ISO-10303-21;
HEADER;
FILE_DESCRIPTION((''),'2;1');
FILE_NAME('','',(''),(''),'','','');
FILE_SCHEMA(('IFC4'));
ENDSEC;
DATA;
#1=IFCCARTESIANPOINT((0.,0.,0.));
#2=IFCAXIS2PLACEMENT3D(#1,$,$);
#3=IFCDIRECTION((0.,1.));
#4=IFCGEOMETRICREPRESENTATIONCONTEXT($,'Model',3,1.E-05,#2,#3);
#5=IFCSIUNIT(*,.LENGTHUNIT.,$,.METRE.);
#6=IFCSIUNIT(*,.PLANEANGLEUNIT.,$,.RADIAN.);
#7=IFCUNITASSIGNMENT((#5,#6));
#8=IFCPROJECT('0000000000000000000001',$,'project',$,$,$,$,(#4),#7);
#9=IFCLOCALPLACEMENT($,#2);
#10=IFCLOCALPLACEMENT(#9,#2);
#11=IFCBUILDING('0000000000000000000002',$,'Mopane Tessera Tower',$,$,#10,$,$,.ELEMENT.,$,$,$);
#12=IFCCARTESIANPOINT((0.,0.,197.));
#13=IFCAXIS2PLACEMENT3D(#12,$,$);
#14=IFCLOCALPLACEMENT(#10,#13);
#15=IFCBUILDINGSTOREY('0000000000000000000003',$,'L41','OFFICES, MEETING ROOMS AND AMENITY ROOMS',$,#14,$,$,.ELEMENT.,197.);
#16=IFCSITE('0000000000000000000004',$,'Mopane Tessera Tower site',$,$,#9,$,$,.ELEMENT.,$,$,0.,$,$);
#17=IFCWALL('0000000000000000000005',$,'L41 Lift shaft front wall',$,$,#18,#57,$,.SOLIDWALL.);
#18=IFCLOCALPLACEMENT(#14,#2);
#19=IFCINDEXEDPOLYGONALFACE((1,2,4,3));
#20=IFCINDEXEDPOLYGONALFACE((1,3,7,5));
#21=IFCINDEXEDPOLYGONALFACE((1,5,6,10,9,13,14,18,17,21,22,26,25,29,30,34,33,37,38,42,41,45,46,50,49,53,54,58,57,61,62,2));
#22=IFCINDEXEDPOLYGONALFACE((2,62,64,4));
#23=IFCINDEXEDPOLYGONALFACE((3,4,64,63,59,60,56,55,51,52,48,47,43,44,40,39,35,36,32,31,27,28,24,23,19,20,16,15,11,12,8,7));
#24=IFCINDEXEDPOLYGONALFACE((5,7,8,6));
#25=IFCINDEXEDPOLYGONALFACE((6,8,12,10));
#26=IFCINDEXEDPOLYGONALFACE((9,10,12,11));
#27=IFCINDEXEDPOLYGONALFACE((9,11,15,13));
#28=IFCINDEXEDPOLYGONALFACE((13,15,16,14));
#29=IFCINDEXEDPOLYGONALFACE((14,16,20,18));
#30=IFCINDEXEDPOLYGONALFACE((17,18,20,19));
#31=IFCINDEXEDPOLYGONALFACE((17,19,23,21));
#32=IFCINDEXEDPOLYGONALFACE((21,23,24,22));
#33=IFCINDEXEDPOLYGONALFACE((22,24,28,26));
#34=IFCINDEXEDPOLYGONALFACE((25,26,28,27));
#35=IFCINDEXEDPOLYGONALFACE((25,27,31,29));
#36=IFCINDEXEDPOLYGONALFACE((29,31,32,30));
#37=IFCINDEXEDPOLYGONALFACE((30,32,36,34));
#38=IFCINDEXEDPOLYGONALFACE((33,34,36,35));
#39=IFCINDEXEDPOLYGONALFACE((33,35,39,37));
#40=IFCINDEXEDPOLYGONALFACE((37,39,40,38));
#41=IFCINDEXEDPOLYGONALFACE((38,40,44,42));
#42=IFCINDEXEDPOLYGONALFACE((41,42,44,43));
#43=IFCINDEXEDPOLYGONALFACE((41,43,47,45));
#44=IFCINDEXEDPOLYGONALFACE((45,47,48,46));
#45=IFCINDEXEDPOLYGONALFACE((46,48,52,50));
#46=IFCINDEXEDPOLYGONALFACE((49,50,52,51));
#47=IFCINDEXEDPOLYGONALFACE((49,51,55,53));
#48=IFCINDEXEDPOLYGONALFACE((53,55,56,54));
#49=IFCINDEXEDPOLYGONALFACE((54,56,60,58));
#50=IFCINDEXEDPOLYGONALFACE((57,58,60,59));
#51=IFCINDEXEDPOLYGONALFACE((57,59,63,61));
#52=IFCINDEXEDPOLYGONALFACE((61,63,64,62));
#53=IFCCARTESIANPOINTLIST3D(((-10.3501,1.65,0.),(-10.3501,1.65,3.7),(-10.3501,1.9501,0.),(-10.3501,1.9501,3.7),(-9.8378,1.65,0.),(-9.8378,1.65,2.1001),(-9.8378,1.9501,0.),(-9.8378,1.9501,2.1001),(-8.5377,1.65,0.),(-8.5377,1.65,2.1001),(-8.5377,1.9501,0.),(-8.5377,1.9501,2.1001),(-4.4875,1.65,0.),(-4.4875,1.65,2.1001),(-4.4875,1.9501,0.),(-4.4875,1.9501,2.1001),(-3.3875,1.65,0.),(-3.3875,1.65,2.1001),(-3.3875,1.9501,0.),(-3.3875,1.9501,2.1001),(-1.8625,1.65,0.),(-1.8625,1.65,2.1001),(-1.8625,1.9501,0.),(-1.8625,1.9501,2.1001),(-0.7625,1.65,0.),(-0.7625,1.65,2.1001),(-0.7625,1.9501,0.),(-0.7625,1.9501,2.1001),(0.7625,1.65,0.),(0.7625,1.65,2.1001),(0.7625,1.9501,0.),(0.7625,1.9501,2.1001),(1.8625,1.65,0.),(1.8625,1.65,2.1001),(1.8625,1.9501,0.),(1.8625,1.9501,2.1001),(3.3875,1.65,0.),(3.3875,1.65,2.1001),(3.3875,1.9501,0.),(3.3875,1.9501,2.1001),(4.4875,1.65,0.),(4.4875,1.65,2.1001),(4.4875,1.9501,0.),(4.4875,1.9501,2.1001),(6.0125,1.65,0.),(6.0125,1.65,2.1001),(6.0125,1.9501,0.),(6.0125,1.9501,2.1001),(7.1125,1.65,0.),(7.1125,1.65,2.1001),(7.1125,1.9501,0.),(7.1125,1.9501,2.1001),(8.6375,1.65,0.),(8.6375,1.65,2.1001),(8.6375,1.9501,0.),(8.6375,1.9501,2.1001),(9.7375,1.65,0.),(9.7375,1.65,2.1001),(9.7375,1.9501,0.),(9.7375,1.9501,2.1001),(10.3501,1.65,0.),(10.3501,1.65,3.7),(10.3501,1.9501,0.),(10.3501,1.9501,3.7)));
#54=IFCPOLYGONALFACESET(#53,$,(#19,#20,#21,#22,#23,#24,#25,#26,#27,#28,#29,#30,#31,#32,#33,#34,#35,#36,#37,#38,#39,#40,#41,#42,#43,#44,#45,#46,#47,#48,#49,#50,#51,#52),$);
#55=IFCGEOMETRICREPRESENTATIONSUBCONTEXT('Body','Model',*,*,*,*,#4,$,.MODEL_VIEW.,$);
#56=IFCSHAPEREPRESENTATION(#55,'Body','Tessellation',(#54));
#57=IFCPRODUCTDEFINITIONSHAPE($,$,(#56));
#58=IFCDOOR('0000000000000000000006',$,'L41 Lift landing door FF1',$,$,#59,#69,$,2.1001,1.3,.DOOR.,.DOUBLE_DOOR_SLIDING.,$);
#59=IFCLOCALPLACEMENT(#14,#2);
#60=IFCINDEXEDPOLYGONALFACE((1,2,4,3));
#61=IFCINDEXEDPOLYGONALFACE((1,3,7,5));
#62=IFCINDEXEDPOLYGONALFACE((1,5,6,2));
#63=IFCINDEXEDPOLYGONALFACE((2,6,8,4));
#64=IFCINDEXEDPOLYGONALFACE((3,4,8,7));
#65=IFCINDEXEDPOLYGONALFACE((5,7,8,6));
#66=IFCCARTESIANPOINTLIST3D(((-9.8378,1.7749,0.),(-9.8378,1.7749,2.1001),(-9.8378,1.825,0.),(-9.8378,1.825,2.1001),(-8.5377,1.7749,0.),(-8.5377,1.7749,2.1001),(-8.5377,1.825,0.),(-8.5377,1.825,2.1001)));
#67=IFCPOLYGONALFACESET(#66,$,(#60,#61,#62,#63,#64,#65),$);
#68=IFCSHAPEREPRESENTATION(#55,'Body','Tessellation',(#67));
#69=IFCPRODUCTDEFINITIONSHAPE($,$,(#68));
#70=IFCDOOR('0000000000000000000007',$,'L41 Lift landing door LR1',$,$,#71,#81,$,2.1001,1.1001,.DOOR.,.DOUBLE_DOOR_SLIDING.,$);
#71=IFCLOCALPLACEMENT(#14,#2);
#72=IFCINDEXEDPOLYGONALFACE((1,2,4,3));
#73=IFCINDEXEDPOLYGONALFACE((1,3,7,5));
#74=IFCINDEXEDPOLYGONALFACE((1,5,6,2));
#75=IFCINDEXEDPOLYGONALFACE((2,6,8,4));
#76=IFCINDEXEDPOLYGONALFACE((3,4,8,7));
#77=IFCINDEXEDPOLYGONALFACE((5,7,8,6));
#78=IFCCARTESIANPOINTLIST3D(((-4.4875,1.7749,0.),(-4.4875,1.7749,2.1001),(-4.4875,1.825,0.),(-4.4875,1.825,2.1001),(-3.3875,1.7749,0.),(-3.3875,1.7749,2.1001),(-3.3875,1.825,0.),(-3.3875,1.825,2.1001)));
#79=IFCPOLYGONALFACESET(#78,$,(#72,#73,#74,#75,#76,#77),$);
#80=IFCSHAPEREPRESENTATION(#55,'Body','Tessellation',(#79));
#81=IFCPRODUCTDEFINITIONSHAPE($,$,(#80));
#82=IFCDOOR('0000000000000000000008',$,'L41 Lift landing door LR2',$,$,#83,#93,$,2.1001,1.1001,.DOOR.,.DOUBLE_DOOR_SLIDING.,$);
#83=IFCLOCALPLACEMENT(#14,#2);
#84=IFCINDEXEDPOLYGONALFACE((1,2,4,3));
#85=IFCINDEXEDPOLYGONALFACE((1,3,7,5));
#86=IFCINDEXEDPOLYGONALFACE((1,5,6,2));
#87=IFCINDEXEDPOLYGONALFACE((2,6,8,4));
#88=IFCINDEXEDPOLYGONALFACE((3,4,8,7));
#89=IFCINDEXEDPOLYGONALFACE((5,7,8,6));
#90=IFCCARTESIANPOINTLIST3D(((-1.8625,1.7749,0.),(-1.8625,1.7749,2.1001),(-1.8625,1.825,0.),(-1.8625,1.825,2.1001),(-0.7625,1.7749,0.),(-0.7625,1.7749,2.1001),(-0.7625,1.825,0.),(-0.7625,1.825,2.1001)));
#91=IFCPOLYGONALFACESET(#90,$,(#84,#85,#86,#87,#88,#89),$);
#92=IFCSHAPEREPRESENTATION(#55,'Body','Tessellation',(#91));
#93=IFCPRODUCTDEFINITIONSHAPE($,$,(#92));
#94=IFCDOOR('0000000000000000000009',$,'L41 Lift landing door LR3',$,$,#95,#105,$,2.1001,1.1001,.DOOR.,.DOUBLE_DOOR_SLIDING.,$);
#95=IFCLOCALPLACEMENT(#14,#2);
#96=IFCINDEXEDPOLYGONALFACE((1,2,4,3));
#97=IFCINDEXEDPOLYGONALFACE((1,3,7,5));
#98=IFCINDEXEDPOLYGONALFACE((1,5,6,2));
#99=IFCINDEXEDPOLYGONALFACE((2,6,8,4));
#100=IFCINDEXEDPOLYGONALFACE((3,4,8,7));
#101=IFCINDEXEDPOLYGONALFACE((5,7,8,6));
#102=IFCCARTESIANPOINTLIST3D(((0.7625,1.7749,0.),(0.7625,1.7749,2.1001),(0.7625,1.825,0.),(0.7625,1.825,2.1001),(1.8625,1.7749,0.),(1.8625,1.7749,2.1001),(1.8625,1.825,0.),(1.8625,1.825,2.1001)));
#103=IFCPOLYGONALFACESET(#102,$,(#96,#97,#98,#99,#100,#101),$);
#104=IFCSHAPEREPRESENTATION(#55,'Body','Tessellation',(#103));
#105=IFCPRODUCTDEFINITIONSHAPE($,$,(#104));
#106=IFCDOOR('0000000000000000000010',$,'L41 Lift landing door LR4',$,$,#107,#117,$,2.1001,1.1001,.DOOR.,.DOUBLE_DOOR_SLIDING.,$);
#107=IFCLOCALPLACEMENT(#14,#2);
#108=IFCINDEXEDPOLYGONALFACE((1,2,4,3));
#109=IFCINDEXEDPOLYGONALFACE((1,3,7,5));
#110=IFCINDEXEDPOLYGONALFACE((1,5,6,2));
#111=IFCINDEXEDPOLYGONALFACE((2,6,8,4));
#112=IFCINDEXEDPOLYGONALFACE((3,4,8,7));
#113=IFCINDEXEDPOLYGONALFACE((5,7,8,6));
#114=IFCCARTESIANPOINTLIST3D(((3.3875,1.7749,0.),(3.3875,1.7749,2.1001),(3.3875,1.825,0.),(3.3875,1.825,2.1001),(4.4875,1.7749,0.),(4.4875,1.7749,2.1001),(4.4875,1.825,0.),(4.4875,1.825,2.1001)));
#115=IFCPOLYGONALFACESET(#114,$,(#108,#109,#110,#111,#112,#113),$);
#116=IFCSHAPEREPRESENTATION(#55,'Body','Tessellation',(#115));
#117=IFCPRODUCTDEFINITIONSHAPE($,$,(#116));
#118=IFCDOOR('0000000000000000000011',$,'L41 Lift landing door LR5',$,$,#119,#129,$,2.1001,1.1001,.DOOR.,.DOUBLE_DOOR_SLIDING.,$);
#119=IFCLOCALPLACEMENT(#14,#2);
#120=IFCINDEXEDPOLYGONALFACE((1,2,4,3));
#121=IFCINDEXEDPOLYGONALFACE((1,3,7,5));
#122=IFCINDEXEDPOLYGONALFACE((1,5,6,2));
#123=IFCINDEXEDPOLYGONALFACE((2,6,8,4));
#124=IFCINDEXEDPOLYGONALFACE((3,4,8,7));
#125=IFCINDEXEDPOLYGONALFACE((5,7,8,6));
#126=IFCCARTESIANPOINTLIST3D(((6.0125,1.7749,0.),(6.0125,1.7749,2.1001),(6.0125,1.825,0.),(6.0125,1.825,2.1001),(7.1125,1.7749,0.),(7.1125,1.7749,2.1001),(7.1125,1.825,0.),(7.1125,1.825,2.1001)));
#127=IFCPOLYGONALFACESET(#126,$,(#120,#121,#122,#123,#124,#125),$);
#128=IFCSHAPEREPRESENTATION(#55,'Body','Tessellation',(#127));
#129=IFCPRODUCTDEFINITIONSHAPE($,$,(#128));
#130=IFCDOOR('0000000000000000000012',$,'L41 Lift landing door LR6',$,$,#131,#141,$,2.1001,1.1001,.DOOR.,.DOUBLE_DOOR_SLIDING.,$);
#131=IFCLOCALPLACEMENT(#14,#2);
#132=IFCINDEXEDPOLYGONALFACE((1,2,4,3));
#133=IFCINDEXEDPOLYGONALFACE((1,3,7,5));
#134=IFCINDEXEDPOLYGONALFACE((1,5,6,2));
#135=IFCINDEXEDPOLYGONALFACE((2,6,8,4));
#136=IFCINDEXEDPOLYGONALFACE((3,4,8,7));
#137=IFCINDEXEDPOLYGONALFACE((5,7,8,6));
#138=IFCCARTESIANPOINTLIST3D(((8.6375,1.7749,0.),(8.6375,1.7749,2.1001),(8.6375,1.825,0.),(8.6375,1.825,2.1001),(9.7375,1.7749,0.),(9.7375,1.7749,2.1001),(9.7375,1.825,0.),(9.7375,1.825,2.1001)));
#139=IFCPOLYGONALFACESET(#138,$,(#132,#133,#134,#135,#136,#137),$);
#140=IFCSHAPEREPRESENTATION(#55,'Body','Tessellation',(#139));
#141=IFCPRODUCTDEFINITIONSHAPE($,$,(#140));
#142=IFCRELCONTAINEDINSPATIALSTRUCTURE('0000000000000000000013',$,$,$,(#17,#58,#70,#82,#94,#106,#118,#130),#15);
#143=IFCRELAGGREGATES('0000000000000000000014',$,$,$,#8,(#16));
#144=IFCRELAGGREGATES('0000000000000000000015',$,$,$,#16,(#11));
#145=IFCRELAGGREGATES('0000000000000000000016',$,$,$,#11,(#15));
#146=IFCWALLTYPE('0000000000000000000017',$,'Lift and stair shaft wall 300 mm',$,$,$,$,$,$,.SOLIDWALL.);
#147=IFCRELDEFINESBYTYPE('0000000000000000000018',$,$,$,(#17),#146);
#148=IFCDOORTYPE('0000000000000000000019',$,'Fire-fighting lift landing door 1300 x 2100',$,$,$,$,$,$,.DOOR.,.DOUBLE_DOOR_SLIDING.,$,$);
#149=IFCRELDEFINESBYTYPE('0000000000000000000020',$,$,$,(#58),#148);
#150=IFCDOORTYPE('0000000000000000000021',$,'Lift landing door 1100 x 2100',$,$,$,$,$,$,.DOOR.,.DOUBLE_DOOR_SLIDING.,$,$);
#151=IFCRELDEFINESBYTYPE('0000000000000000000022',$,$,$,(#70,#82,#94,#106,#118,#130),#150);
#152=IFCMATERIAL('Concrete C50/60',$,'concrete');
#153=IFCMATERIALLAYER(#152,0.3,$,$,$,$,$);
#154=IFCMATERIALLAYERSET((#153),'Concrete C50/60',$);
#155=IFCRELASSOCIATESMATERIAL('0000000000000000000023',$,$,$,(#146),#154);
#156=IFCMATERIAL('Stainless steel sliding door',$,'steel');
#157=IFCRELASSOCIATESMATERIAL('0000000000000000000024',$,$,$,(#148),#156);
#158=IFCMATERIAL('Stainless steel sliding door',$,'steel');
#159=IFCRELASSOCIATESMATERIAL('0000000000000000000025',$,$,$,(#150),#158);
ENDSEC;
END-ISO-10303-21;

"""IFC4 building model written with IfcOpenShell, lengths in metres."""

from ifc_helpers import new_model, si_unit, direction, frame, frame_2d, origin, place, context, subcontext, project, spatial, rectangle, extrude, material, layer, layer_set, type_object, element, fill, save


model = new_model("IFC4")

# Units and contexts
model_context = context("Model", 3, precision=1e-05, world=origin(), true_north=direction((0.0, 1.0)))
body_context = subcontext(model_context, "Body", "Model", "MODEL_VIEW")
ifc_project = project(units=[si_unit("LENGTHUNIT", "METRE"), si_unit("PLANEANGLEUNIT", "RADIAN")], contexts=[model_context])

# Site, building, storey
site_placement = place(None, origin())
site = spatial("IfcSite", under=ifc_project, at=site_placement, Name="Mopane Tessera Tower site", CompositionType="ELEMENT", RefElevation=0.0)
building_placement = place(site_placement, origin())
building = spatial("IfcBuilding", under=site, at=building_placement, Name="Mopane Tessera Tower", CompositionType="ELEMENT")
storey_placement = place(building_placement, frame((0.0, 0.0, 197.0)))
storey = spatial("IfcBuildingStorey", under=building, at=storey_placement, Name="L41", Description="OFFICES, MEETING ROOMS AND AMENITY ROOMS", CompositionType="ELEMENT", Elevation=197.0)

# Shared definitions
ifc_material_1 = material(Name="Concrete C50/60", Category="concrete")
ifc_layer_1 = layer(ifc_material_1, 0.3)
ifc_layer_set_1 = layer_set([ifc_layer_1], Name="Concrete C50/60")
wall_type_1 = type_object("IfcWallType", Name="Lift and stair shaft wall 300 mm", PredefinedType="SOLIDWALL", material=ifc_layer_set_1)

# Wall, openings, doors
wall_1_placement = place(storey_placement, frame((-10.3501, 1.8, 0.0), z_axis=(0.0, 0.0, 1.0), x_axis=(1.0, 0.0, 0.0)))
wall_1 = element("IfcWall", 1, at=wall_1_placement, inside=storey, type_object=wall_type_1, Name="L41 Lift shaft front wall", PredefinedType="SOLIDWALL", context=body_context, shape_type="SweptSolid", body=[
    extrude(rectangle(XDim=20.7002, YDim=0.3, at=frame_2d((10.3501, 0.0))), origin(), (0.0, 0.0, 1.0), 3.7),
])
opening_1_placement = place(wall_1_placement, frame((0.5125, 0.0, 0.0)))
opening_1 = element("IfcOpeningElement", 2, at=opening_1_placement, cuts=wall_1, PredefinedType="OPENING", context=body_context, shape_type="SweptSolid", body=[
    extrude(rectangle(XDim=1.3, YDim=2.1001, at=frame_2d((0.6499, 1.05))), frame((0.0, 0.1621, 0.0), z_axis=(0.0, -1.0, 0.0), x_axis=(1.0, 0.0, 0.0)), (0.0, 0.0, 1.0), 0.324),
])
opening_2_placement = place(wall_1_placement, frame((5.8625, 0.0, 0.0)))
opening_2 = element("IfcOpeningElement", 3, at=opening_2_placement, cuts=wall_1, PredefinedType="OPENING", context=body_context, shape_type="SweptSolid", body=[
    extrude(rectangle(XDim=1.1001, YDim=2.1001, at=frame_2d((0.55, 1.05))), frame((0.0, 0.1621, 0.0), z_axis=(0.0, -1.0, 0.0), x_axis=(1.0, 0.0, 0.0)), (0.0, 0.0, 1.0), 0.324),
])
opening_3_placement = place(wall_1_placement, frame((8.4875, 0.0, 0.0)))
opening_3 = element("IfcOpeningElement", 4, at=opening_3_placement, cuts=wall_1, PredefinedType="OPENING", context=body_context, shape_type="SweptSolid", body=[
    extrude(rectangle(XDim=1.1001, YDim=2.1001, at=frame_2d((0.55, 1.05))), frame((0.0, 0.1621, 0.0), z_axis=(0.0, -1.0, 0.0), x_axis=(1.0, 0.0, 0.0)), (0.0, 0.0, 1.0), 0.324),
])
opening_4_placement = place(wall_1_placement, frame((11.1125, 0.0, 0.0)))
opening_4 = element("IfcOpeningElement", 5, at=opening_4_placement, cuts=wall_1, PredefinedType="OPENING", context=body_context, shape_type="SweptSolid", body=[
    extrude(rectangle(XDim=1.1001, YDim=2.1001, at=frame_2d((0.55, 1.05))), frame((0.0, 0.1621, 0.0), z_axis=(0.0, -1.0, 0.0), x_axis=(1.0, 0.0, 0.0)), (0.0, 0.0, 1.0), 0.324),
])
opening_5_placement = place(wall_1_placement, frame((13.7375, 0.0, 0.0)))
opening_5 = element("IfcOpeningElement", 6, at=opening_5_placement, cuts=wall_1, PredefinedType="OPENING", context=body_context, shape_type="SweptSolid", body=[
    extrude(rectangle(XDim=1.1001, YDim=2.1001, at=frame_2d((0.55, 1.05))), frame((0.0, 0.1621, 0.0), z_axis=(0.0, -1.0, 0.0), x_axis=(1.0, 0.0, 0.0)), (0.0, 0.0, 1.0), 0.324),
])
opening_6_placement = place(wall_1_placement, frame((16.3625, 0.0, 0.0)))
opening_6 = element("IfcOpeningElement", 7, at=opening_6_placement, cuts=wall_1, PredefinedType="OPENING", context=body_context, shape_type="SweptSolid", body=[
    extrude(rectangle(XDim=1.1001, YDim=2.1001, at=frame_2d((0.55, 1.05))), frame((0.0, 0.1621, 0.0), z_axis=(0.0, -1.0, 0.0), x_axis=(1.0, 0.0, 0.0)), (0.0, 0.0, 1.0), 0.324),
])
opening_7_placement = place(wall_1_placement, frame((18.9875, 0.0, 0.0)))
opening_7 = element("IfcOpeningElement", 8, at=opening_7_placement, cuts=wall_1, PredefinedType="OPENING", context=body_context, shape_type="SweptSolid", body=[
    extrude(rectangle(XDim=1.1001, YDim=2.1001, at=frame_2d((0.55, 1.05))), frame((0.0, 0.1621, 0.0), z_axis=(0.0, -1.0, 0.0), x_axis=(1.0, 0.0, 0.0)), (0.0, 0.0, 1.0), 0.324),
])
ifc_material_2 = material(Name="Stainless steel sliding door", Category="steel")
door_type_1 = type_object("IfcDoorType", Name="Fire-fighting lift landing door 1300 x 2100", OperationType="DOUBLE_DOOR_SLIDING", PredefinedType="DOOR", material=ifc_material_2)
door_1_placement = place(opening_1_placement, origin())
door_1 = element("IfcDoor", 9, at=door_1_placement, inside=storey, type_object=door_type_1, Name="L41 Lift landing door FF1", OperationType="DOUBLE_DOOR_SLIDING", OverallHeight=2.1001, OverallWidth=1.3, PredefinedType="DOOR", context=body_context, shape_type="SweptSolid", body=[
    extrude(rectangle(XDim=1.3, YDim=2.1001, at=frame_2d((0.6499, 1.05))), frame((0.0, 0.0249, 0.0), z_axis=(0.0, -1.0, 0.0), x_axis=(1.0, 0.0, 0.0)), (0.0, 0.0, 1.0), 0.05),
])
fill(opening_1, door_1)
ifc_material_3 = material(Name="Stainless steel sliding door", Category="steel")
door_type_2 = type_object("IfcDoorType", Name="Lift landing door 1100 x 2100", OperationType="DOUBLE_DOOR_SLIDING", PredefinedType="DOOR", material=ifc_material_3)
door_2_placement = place(opening_2_placement, origin())
door_2 = element("IfcDoor", 10, at=door_2_placement, inside=storey, type_object=door_type_2, Name="L41 Lift landing door LR1", OperationType="DOUBLE_DOOR_SLIDING", OverallHeight=2.1001, OverallWidth=1.1001, PredefinedType="DOOR", context=body_context, shape_type="SweptSolid", body=[
    extrude(rectangle(XDim=1.1001, YDim=2.1001, at=frame_2d((0.55, 1.05))), frame((0.0, 0.0249, 0.0), z_axis=(0.0, -1.0, 0.0), x_axis=(1.0, 0.0, 0.0)), (0.0, 0.0, 1.0), 0.05),
])
fill(opening_2, door_2)
door_3_placement = place(opening_3_placement, origin())
door_3 = element("IfcDoor", 11, at=door_3_placement, inside=storey, type_object=door_type_2, Name="L41 Lift landing door LR2", OperationType="DOUBLE_DOOR_SLIDING", OverallHeight=2.1001, OverallWidth=1.1001, PredefinedType="DOOR", context=body_context, shape_type="SweptSolid", body=[
    extrude(rectangle(XDim=1.1001, YDim=2.1001, at=frame_2d((0.55, 1.05))), frame((0.0, 0.0249, 0.0), z_axis=(0.0, -1.0, 0.0), x_axis=(1.0, 0.0, 0.0)), (0.0, 0.0, 1.0), 0.05),
])
fill(opening_3, door_3)
door_4_placement = place(opening_4_placement, origin())
door_4 = element("IfcDoor", 12, at=door_4_placement, inside=storey, type_object=door_type_2, Name="L41 Lift landing door LR3", OperationType="DOUBLE_DOOR_SLIDING", OverallHeight=2.1001, OverallWidth=1.1001, PredefinedType="DOOR", context=body_context, shape_type="SweptSolid", body=[
    extrude(rectangle(XDim=1.1001, YDim=2.1001, at=frame_2d((0.55, 1.05))), frame((0.0, 0.0249, 0.0), z_axis=(0.0, -1.0, 0.0), x_axis=(1.0, 0.0, 0.0)), (0.0, 0.0, 1.0), 0.05),
])
fill(opening_4, door_4)
door_5_placement = place(opening_5_placement, origin())
door_5 = element("IfcDoor", 13, at=door_5_placement, inside=storey, type_object=door_type_2, Name="L41 Lift landing door LR4", OperationType="DOUBLE_DOOR_SLIDING", OverallHeight=2.1001, OverallWidth=1.1001, PredefinedType="DOOR", context=body_context, shape_type="SweptSolid", body=[
    extrude(rectangle(XDim=1.1001, YDim=2.1001, at=frame_2d((0.55, 1.05))), frame((0.0, 0.0249, 0.0), z_axis=(0.0, -1.0, 0.0), x_axis=(1.0, 0.0, 0.0)), (0.0, 0.0, 1.0), 0.05),
])
fill(opening_5, door_5)
door_6_placement = place(opening_6_placement, origin())
door_6 = element("IfcDoor", 14, at=door_6_placement, inside=storey, type_object=door_type_2, Name="L41 Lift landing door LR5", OperationType="DOUBLE_DOOR_SLIDING", OverallHeight=2.1001, OverallWidth=1.1001, PredefinedType="DOOR", context=body_context, shape_type="SweptSolid", body=[
    extrude(rectangle(XDim=1.1001, YDim=2.1001, at=frame_2d((0.55, 1.05))), frame((0.0, 0.0249, 0.0), z_axis=(0.0, -1.0, 0.0), x_axis=(1.0, 0.0, 0.0)), (0.0, 0.0, 1.0), 0.05),
])
fill(opening_6, door_6)
door_7_placement = place(opening_7_placement, origin())
door_7 = element("IfcDoor", 15, at=door_7_placement, inside=storey, type_object=door_type_2, Name="L41 Lift landing door LR6", OperationType="DOUBLE_DOOR_SLIDING", OverallHeight=2.1001, OverallWidth=1.1001, PredefinedType="DOOR", context=body_context, shape_type="SweptSolid", body=[
    extrude(rectangle(XDim=1.1001, YDim=2.1001, at=frame_2d((0.55, 1.05))), frame((0.0, 0.0249, 0.0), z_axis=(0.0, -1.0, 0.0), x_axis=(1.0, 0.0, 0.0)), (0.0, 0.0, 1.0), 0.05),
])
fill(opening_7, door_7)

save(model, "model.ifc")
